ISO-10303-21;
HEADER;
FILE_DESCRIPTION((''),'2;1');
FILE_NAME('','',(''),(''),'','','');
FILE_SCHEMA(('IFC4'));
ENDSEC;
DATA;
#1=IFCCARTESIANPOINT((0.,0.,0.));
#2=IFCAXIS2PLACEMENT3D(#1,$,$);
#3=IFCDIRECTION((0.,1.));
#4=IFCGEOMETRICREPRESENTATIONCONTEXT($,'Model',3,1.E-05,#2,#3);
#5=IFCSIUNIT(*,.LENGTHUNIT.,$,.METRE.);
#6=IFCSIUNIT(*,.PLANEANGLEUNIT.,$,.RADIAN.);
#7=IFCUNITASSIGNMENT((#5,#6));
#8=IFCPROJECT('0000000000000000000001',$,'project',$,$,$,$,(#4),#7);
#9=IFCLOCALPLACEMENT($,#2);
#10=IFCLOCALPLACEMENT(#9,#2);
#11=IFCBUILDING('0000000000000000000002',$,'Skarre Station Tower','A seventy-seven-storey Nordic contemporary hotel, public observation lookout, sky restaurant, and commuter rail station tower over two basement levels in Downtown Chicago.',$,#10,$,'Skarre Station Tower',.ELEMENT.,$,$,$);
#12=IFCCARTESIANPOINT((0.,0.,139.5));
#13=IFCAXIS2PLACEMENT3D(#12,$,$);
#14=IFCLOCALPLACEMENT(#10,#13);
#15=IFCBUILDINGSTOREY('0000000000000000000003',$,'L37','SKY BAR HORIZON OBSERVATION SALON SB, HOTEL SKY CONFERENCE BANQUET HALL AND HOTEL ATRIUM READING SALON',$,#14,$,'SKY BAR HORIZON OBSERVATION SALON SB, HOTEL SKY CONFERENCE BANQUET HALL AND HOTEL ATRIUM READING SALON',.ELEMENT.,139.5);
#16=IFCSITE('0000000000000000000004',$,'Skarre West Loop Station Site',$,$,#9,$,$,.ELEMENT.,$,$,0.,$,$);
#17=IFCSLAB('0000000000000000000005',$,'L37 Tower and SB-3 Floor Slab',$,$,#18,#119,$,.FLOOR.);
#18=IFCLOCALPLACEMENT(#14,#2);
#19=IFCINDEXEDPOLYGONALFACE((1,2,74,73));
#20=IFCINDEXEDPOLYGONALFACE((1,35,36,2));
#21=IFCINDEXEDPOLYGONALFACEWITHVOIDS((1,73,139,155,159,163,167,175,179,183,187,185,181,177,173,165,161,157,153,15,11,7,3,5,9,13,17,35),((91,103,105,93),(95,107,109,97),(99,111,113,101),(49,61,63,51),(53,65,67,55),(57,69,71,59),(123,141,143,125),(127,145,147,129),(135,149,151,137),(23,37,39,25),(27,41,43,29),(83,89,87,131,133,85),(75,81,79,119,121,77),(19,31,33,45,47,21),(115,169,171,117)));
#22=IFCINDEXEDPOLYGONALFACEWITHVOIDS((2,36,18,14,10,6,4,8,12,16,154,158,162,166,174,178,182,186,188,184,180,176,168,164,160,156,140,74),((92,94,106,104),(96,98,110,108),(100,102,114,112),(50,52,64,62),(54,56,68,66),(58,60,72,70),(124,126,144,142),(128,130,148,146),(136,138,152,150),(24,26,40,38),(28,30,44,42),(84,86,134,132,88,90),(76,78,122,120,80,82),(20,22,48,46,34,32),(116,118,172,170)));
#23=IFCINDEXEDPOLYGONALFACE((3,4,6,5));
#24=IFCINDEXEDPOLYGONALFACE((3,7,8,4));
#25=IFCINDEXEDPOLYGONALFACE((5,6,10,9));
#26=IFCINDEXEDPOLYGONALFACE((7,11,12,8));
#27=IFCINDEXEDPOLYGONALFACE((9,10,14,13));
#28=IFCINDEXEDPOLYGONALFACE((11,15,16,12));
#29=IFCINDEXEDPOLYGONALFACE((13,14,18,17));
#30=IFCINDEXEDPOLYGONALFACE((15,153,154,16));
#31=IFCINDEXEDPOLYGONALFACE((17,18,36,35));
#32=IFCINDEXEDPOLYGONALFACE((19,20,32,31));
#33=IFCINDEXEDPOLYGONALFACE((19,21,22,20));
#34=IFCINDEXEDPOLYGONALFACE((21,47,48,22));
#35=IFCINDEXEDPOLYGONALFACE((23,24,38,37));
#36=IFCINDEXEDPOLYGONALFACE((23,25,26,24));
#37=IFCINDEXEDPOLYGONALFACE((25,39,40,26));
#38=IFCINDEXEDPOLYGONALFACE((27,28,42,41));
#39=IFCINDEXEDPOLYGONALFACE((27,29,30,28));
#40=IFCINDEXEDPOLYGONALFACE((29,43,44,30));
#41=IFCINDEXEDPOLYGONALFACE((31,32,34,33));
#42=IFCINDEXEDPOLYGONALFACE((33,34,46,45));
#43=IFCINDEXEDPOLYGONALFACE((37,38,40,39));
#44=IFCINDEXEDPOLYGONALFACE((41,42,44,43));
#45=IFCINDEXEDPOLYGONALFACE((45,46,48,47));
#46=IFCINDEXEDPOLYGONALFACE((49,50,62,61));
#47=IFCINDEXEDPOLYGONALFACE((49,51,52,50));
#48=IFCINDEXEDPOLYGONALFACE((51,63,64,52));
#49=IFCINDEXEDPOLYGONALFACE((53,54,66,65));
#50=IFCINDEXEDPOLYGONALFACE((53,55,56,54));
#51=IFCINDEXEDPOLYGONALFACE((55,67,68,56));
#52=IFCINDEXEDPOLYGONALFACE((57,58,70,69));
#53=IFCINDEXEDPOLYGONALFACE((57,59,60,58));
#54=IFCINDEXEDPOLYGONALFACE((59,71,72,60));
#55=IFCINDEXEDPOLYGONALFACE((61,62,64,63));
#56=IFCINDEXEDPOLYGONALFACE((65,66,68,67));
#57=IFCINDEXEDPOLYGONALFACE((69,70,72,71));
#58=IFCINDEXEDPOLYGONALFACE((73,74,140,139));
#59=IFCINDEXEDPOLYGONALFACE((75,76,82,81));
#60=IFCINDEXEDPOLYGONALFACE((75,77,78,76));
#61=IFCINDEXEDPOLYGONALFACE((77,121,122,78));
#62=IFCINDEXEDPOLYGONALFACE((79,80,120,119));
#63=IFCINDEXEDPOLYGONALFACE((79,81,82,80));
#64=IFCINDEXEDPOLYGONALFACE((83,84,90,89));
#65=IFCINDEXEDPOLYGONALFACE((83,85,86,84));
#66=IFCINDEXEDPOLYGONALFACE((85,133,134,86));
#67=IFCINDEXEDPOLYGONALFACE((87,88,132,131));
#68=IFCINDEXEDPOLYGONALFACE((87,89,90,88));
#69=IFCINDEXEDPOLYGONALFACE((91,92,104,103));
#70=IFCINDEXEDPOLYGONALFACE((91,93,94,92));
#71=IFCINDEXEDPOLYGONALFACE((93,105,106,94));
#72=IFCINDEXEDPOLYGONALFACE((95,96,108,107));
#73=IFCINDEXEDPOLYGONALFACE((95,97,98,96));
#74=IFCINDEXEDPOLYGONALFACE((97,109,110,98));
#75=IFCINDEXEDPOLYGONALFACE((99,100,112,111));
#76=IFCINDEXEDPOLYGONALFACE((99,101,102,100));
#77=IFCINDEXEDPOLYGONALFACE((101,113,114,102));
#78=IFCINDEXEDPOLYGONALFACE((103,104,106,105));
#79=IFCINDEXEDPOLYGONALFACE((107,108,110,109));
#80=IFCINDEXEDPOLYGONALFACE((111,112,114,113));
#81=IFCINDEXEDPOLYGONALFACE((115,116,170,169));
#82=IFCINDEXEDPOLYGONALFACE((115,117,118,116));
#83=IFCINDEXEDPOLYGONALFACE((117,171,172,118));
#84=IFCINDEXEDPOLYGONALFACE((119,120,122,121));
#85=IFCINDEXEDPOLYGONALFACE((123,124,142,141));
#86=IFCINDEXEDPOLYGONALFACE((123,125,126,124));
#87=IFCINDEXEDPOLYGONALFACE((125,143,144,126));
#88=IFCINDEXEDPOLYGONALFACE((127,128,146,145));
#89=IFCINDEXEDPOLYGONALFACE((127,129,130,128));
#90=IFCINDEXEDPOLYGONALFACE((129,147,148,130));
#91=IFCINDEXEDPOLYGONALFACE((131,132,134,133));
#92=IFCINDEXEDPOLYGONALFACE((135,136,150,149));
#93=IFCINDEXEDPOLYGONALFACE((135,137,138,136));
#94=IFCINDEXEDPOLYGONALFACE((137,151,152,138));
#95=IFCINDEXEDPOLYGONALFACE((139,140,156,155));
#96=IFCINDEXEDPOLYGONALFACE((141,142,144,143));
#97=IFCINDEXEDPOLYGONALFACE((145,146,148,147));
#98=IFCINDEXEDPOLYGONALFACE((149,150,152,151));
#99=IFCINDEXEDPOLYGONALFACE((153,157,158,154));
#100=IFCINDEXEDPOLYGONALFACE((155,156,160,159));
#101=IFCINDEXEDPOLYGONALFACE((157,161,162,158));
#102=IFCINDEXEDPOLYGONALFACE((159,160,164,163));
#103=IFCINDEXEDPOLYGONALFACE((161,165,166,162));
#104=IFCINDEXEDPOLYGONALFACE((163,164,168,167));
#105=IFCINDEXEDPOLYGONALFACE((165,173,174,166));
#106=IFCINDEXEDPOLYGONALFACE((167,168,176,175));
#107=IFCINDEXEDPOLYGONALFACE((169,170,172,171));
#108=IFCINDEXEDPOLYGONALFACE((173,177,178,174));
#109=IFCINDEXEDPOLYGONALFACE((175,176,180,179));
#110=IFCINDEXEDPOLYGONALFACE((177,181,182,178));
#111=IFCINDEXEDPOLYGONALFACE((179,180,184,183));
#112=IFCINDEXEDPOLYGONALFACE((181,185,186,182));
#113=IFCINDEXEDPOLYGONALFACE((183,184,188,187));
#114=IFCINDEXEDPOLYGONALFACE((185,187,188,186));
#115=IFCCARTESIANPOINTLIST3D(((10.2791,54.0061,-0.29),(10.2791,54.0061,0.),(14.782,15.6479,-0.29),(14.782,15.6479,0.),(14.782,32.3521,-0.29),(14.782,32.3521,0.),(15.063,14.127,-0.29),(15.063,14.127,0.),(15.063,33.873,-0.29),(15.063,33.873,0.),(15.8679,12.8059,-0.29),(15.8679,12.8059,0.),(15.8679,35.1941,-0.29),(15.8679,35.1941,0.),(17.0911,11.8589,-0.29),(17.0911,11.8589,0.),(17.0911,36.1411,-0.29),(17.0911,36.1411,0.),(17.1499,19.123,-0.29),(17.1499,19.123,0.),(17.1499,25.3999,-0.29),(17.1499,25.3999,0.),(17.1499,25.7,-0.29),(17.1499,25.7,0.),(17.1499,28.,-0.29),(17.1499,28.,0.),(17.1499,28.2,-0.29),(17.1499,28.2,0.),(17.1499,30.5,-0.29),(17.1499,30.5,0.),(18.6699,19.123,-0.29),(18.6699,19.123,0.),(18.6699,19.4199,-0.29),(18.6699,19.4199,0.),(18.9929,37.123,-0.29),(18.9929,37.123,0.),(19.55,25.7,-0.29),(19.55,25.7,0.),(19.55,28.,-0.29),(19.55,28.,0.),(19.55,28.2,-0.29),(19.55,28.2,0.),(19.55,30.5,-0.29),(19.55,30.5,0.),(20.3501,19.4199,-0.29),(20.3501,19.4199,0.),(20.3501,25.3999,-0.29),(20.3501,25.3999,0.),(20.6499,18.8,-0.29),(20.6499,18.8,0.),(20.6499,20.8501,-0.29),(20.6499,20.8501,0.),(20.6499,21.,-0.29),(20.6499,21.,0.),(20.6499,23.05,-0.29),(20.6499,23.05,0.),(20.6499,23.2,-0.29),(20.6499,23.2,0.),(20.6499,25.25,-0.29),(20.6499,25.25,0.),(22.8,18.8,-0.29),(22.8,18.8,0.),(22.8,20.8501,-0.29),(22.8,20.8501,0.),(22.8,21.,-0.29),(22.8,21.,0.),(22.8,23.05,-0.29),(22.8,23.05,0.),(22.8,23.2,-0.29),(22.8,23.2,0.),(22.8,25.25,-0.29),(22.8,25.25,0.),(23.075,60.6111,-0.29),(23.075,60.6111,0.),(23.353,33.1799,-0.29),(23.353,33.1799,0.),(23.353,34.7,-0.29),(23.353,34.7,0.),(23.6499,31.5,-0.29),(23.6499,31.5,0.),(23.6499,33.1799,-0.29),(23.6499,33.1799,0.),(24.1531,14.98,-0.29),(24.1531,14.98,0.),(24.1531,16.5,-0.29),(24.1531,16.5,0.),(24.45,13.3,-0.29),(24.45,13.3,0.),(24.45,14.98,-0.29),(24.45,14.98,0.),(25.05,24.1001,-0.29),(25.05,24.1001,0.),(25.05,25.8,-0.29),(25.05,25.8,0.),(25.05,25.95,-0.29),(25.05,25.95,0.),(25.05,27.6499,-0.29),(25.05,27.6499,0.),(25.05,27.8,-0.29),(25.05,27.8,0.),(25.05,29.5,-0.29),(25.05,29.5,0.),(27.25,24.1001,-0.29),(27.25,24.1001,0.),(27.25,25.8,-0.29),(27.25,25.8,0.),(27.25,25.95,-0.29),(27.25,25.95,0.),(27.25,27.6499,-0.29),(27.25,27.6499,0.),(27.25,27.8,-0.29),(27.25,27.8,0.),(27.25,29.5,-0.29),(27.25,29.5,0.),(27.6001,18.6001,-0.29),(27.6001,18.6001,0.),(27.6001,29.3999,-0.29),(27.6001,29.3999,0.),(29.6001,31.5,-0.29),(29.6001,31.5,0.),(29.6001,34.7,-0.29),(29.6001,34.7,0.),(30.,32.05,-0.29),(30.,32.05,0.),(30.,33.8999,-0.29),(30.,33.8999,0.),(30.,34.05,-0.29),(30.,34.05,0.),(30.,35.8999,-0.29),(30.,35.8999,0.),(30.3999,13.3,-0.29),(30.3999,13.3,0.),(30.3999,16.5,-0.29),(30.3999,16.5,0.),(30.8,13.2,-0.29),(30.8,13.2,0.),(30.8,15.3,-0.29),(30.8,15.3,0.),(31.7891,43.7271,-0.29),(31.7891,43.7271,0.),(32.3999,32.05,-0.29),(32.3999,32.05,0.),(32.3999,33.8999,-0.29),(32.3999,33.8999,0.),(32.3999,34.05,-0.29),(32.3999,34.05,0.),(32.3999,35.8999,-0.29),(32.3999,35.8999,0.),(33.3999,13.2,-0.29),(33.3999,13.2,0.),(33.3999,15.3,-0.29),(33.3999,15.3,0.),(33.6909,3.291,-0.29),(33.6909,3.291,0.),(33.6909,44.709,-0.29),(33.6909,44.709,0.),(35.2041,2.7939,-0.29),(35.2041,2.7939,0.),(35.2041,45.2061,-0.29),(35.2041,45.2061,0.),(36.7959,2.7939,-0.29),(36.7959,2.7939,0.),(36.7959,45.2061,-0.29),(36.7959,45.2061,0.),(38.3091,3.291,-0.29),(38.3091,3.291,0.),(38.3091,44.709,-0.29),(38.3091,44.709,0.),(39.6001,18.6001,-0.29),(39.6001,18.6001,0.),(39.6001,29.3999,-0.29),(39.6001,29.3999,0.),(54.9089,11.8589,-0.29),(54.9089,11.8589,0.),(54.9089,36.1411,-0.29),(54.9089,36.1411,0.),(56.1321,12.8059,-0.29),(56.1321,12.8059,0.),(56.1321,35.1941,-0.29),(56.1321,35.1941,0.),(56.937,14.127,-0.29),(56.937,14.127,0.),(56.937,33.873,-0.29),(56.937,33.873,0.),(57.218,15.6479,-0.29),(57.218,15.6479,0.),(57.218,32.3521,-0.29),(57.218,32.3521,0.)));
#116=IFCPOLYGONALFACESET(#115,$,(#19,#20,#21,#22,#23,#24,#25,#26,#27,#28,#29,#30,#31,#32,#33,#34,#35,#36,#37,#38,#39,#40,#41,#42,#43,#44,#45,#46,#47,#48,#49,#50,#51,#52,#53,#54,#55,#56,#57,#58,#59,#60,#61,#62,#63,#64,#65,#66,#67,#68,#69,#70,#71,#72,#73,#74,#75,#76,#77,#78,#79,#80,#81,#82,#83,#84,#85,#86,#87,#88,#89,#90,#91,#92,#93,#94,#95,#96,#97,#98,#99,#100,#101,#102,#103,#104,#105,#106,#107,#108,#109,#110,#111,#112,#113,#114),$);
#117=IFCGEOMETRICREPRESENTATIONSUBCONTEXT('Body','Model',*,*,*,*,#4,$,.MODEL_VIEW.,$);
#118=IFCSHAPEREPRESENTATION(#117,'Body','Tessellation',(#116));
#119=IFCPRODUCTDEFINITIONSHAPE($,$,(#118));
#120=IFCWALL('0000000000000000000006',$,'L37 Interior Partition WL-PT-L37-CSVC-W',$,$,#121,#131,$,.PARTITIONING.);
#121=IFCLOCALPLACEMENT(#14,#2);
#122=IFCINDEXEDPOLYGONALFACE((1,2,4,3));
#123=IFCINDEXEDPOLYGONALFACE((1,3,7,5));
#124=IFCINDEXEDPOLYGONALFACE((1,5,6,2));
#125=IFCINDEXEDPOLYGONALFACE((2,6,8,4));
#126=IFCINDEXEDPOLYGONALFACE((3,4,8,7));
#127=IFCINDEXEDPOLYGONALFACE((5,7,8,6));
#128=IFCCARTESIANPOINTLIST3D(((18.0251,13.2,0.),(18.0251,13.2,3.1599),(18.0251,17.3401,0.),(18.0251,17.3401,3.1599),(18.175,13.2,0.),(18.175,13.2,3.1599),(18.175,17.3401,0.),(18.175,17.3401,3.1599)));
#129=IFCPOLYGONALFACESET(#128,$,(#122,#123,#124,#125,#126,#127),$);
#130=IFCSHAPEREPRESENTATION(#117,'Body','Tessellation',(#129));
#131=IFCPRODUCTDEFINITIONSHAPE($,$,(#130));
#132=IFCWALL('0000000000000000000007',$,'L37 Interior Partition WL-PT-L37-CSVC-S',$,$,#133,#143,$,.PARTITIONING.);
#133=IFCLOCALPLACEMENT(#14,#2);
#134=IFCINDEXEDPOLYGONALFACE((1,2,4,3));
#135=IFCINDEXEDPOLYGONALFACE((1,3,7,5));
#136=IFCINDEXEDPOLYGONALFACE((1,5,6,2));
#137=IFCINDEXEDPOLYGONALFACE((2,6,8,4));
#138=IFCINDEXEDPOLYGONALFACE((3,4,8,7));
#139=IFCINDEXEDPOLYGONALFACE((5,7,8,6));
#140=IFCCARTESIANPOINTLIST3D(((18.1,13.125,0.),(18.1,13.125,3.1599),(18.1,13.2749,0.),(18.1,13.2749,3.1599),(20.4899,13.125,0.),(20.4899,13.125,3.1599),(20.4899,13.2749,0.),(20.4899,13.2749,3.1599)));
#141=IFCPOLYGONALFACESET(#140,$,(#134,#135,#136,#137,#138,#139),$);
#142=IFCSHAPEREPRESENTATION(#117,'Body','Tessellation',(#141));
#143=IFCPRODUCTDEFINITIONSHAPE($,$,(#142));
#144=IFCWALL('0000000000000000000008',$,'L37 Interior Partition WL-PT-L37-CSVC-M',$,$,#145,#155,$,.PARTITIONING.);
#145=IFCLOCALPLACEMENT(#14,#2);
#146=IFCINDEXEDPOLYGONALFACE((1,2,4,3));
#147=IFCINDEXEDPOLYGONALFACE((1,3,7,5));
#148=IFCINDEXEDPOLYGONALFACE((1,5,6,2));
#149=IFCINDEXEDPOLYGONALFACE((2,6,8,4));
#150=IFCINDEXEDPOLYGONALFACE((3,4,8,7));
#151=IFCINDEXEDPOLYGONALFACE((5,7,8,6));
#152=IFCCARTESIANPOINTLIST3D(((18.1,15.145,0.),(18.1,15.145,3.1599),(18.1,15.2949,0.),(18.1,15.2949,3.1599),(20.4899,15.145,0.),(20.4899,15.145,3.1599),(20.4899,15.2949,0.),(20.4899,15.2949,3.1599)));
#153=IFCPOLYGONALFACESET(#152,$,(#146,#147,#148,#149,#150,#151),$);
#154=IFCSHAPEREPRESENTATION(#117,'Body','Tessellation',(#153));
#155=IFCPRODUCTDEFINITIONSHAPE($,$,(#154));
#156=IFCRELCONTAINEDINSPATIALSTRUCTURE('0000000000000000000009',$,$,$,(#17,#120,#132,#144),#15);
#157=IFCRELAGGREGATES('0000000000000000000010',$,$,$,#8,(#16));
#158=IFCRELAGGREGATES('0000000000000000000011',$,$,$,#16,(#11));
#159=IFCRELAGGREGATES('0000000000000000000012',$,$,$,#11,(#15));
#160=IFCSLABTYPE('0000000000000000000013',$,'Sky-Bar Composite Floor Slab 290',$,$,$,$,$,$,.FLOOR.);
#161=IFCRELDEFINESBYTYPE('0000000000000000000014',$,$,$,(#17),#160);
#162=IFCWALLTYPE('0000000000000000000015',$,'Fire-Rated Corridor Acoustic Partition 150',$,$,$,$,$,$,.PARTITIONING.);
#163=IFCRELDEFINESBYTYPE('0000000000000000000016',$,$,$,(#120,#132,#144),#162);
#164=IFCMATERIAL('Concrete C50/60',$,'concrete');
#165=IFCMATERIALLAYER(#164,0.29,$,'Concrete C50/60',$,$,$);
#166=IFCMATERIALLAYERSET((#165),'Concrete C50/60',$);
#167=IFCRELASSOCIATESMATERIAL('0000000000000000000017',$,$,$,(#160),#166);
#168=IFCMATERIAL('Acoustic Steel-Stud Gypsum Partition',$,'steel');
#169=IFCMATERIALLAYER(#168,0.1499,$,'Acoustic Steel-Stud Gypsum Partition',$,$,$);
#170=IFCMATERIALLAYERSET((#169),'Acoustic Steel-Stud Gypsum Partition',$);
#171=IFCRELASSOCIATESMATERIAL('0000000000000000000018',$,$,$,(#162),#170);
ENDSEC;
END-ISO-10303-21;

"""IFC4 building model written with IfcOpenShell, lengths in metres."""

from ifc_helpers import new_model, si_unit, direction, frame, frame_2d, origin, place, context, subcontext, project, spatial, polyline, rectangle, outline, extrude, material, layer, layer_set, type_object, element, save


model = new_model("IFC4")

# Units and contexts
model_context = context("Model", 3, precision=1e-05, world=origin(), true_north=direction((0.0, 1.0)))
body_context = subcontext(model_context, "Body", "Model", "MODEL_VIEW")
ifc_project = project(units=[si_unit("LENGTHUNIT", "METRE"), si_unit("PLANEANGLEUNIT", "RADIAN")], contexts=[model_context])

# Site, building, storey
site_placement = place(None, origin())
site = spatial("IfcSite", under=ifc_project, at=site_placement, Name="Skarre West Loop Station Site", CompositionType="ELEMENT", RefElevation=0.0)
building_placement = place(site_placement, origin())
building = spatial("IfcBuilding", under=site, at=building_placement, Name="Skarre Station Tower", Description="A seventy-seven-storey Nordic contemporary hotel, public observation lookout, sky restaurant, and commuter rail station tower over two basement levels in Downtown Chicago.", LongName="Skarre Station Tower", CompositionType="ELEMENT")
storey_placement = place(building_placement, frame((0.0, 0.0, 139.5)))
storey = spatial("IfcBuildingStorey", under=building, at=storey_placement, Name="L37", Description="SKY BAR HORIZON OBSERVATION SALON SB, HOTEL SKY CONFERENCE BANQUET HALL AND HOTEL ATRIUM READING SALON", LongName="SKY BAR HORIZON OBSERVATION SALON SB, HOTEL SKY CONFERENCE BANQUET HALL AND HOTEL ATRIUM READING SALON", CompositionType="ELEMENT", Elevation=139.5)

# Slab
ifc_material_1 = material(Name="Concrete C50/60", Category="concrete")
ifc_layer_1 = layer(ifc_material_1, 0.29, Name="Concrete C50/60")
ifc_layer_set_1 = layer_set([ifc_layer_1], Name="Concrete C50/60")
slab_type_1 = type_object("IfcSlabType", Name="Sky-Bar Composite Floor Slab 290", PredefinedType="FLOOR", material=ifc_layer_set_1)
slab_1_placement = place(storey_placement, frame((0.0, 0.0, -0.29)))
element("IfcSlab", 1, at=slab_1_placement, inside=storey, type_object=slab_type_1, Name="L37 Tower and SB-3 Floor Slab", PredefinedType="FLOOR", context=body_context, shape_type="SweptSolid", body=[
    extrude(outline(polyline([(31.7891, 43.7271), (23.075, 60.6111), (10.2791, 54.0061), (18.9929, 37.123), (17.0911, 36.1411), (15.8679, 35.1941), (15.063, 33.873), (14.782, 32.3521), (14.782, 15.6479), (15.063, 14.127), (15.8679, 12.8059), (17.0911, 11.8589), (33.6909, 3.291), (35.2041, 2.7939), (36.7959, 2.7939), (38.3091, 3.291), (54.9089, 11.8589), (56.1321, 12.8059), (56.937, 14.127), (57.218, 15.6479), (57.218, 32.3521), (56.937, 33.873), (56.1321, 35.1941), (54.9089, 36.1411), (38.3091, 44.709), (36.7959, 45.2061), (35.2041, 45.2061), (33.6909, 44.709), (31.7891, 43.7271)]), holes=[polyline([(18.6699, 19.4199), (18.6699, 19.123), (17.1499, 19.123), (17.1499, 25.3999), (20.3501, 25.3999), (20.3501, 19.4199), (18.6699, 19.4199)]), polyline([(24.45, 14.98), (24.1531, 14.98), (24.1531, 16.5), (30.3999, 16.5), (30.3999, 13.3), (24.45, 13.3), (24.45, 14.98)]), polyline([(23.6499, 33.1799), (23.353, 33.1799), (23.353, 34.7), (29.6001, 34.7), (29.6001, 31.5), (23.6499, 31.5), (23.6499, 33.1799)]), polyline([(17.1499, 28.0), (19.55, 28.0), (19.55, 25.7), (17.1499, 25.7), (17.1499, 28.0)]), polyline([(17.1499, 30.5), (19.55, 30.5), (19.55, 28.2), (17.1499, 28.2), (17.1499, 30.5)]), polyline([(30.8, 15.3), (33.3999, 15.3), (33.3999, 13.2), (30.8, 13.2), (30.8, 15.3)]), polyline([(25.05, 25.8), (27.25, 25.8), (27.25, 24.1001), (25.05, 24.1001), (25.05, 25.8)]), polyline([(25.05, 27.6499), (27.25, 27.6499), (27.25, 25.95), (25.05, 25.95), (25.05, 27.6499)]), polyline([(25.05, 29.5), (27.25, 29.5), (27.25, 27.8), (25.05, 27.8), (25.05, 29.5)]), polyline([(20.6499, 20.8501), (22.8, 20.8501), (22.8, 18.8), (20.6499, 18.8), (20.6499, 20.8501)]), polyline([(20.6499, 23.05), (22.8, 23.05), (22.8, 21.0), (20.6499, 21.0), (20.6499, 23.05)]), polyline([(20.6499, 25.25), (22.8, 25.25), (22.8, 23.2), (20.6499, 23.2), (20.6499, 25.25)]), polyline([(30.0, 33.8999), (32.3999, 33.8999), (32.3999, 32.05), (30.0, 32.05), (30.0, 33.8999)]), polyline([(30.0, 35.8999), (32.3999, 35.8999), (32.3999, 34.05), (30.0, 34.05), (30.0, 35.8999)]), polyline([(27.6001, 29.3999), (39.6001, 29.3999), (39.6001, 18.6001), (27.6001, 18.6001), (27.6001, 29.3999)])]), origin(), (0.0, 0.0, 1.0), 0.29),
])

# Walls
ifc_material_2 = material(Name="Acoustic Steel-Stud Gypsum Partition", Category="steel")
ifc_layer_2 = layer(ifc_material_2, 0.1499, Name="Acoustic Steel-Stud Gypsum Partition")
ifc_layer_set_2 = layer_set([ifc_layer_2], Name="Acoustic Steel-Stud Gypsum Partition")
wall_type_1 = type_object("IfcWallType", Name="Fire-Rated Corridor Acoustic Partition 150", PredefinedType="PARTITIONING", material=ifc_layer_set_2)
wall_1_placement = place(storey_placement, frame((18.1001, 17.3401, 0.0), z_axis=(0.0, 0.0, 1.0), x_axis=(0.0, -1.0, 0.0)))
element("IfcWall", 2, at=wall_1_placement, inside=storey, type_object=wall_type_1, Name="L37 Interior Partition WL-PT-L37-CSVC-W", PredefinedType="PARTITIONING", context=body_context, shape_type="SweptSolid", body=[
    extrude(rectangle(XDim=4.1401, YDim=0.1499, at=frame_2d((2.0701, 0.0))), origin(), (0.0, 0.0, 1.0), 3.1599),
])
for number, where, z_axis, x_axis, name in (
    (3, (18.1001, 13.2, 0.0), (0.0, 0.0, 1.0), (1.0, 0.0, 0.0), "L37 Interior Partition WL-PT-L37-CSVC-S"),
    (4, (18.1001, 15.22, 0.0), (0.0, 0.0, 1.0), (1.0, 0.0, 0.0), "L37 Interior Partition WL-PT-L37-CSVC-M"),
):
    element("IfcWall", number, at=place(storey_placement, frame(where, z_axis=z_axis, x_axis=x_axis)), inside=storey, type_object=wall_type_1, Name=name, PredefinedType="PARTITIONING", context=body_context, shape_type="SweptSolid", body=[
        extrude(rectangle(XDim=2.3899, YDim=0.1499, at=frame_2d((1.1948, 0.0))), origin(), (0.0, 0.0, 1.0), 3.1599),
    ])

save(model, "model.ifc")
